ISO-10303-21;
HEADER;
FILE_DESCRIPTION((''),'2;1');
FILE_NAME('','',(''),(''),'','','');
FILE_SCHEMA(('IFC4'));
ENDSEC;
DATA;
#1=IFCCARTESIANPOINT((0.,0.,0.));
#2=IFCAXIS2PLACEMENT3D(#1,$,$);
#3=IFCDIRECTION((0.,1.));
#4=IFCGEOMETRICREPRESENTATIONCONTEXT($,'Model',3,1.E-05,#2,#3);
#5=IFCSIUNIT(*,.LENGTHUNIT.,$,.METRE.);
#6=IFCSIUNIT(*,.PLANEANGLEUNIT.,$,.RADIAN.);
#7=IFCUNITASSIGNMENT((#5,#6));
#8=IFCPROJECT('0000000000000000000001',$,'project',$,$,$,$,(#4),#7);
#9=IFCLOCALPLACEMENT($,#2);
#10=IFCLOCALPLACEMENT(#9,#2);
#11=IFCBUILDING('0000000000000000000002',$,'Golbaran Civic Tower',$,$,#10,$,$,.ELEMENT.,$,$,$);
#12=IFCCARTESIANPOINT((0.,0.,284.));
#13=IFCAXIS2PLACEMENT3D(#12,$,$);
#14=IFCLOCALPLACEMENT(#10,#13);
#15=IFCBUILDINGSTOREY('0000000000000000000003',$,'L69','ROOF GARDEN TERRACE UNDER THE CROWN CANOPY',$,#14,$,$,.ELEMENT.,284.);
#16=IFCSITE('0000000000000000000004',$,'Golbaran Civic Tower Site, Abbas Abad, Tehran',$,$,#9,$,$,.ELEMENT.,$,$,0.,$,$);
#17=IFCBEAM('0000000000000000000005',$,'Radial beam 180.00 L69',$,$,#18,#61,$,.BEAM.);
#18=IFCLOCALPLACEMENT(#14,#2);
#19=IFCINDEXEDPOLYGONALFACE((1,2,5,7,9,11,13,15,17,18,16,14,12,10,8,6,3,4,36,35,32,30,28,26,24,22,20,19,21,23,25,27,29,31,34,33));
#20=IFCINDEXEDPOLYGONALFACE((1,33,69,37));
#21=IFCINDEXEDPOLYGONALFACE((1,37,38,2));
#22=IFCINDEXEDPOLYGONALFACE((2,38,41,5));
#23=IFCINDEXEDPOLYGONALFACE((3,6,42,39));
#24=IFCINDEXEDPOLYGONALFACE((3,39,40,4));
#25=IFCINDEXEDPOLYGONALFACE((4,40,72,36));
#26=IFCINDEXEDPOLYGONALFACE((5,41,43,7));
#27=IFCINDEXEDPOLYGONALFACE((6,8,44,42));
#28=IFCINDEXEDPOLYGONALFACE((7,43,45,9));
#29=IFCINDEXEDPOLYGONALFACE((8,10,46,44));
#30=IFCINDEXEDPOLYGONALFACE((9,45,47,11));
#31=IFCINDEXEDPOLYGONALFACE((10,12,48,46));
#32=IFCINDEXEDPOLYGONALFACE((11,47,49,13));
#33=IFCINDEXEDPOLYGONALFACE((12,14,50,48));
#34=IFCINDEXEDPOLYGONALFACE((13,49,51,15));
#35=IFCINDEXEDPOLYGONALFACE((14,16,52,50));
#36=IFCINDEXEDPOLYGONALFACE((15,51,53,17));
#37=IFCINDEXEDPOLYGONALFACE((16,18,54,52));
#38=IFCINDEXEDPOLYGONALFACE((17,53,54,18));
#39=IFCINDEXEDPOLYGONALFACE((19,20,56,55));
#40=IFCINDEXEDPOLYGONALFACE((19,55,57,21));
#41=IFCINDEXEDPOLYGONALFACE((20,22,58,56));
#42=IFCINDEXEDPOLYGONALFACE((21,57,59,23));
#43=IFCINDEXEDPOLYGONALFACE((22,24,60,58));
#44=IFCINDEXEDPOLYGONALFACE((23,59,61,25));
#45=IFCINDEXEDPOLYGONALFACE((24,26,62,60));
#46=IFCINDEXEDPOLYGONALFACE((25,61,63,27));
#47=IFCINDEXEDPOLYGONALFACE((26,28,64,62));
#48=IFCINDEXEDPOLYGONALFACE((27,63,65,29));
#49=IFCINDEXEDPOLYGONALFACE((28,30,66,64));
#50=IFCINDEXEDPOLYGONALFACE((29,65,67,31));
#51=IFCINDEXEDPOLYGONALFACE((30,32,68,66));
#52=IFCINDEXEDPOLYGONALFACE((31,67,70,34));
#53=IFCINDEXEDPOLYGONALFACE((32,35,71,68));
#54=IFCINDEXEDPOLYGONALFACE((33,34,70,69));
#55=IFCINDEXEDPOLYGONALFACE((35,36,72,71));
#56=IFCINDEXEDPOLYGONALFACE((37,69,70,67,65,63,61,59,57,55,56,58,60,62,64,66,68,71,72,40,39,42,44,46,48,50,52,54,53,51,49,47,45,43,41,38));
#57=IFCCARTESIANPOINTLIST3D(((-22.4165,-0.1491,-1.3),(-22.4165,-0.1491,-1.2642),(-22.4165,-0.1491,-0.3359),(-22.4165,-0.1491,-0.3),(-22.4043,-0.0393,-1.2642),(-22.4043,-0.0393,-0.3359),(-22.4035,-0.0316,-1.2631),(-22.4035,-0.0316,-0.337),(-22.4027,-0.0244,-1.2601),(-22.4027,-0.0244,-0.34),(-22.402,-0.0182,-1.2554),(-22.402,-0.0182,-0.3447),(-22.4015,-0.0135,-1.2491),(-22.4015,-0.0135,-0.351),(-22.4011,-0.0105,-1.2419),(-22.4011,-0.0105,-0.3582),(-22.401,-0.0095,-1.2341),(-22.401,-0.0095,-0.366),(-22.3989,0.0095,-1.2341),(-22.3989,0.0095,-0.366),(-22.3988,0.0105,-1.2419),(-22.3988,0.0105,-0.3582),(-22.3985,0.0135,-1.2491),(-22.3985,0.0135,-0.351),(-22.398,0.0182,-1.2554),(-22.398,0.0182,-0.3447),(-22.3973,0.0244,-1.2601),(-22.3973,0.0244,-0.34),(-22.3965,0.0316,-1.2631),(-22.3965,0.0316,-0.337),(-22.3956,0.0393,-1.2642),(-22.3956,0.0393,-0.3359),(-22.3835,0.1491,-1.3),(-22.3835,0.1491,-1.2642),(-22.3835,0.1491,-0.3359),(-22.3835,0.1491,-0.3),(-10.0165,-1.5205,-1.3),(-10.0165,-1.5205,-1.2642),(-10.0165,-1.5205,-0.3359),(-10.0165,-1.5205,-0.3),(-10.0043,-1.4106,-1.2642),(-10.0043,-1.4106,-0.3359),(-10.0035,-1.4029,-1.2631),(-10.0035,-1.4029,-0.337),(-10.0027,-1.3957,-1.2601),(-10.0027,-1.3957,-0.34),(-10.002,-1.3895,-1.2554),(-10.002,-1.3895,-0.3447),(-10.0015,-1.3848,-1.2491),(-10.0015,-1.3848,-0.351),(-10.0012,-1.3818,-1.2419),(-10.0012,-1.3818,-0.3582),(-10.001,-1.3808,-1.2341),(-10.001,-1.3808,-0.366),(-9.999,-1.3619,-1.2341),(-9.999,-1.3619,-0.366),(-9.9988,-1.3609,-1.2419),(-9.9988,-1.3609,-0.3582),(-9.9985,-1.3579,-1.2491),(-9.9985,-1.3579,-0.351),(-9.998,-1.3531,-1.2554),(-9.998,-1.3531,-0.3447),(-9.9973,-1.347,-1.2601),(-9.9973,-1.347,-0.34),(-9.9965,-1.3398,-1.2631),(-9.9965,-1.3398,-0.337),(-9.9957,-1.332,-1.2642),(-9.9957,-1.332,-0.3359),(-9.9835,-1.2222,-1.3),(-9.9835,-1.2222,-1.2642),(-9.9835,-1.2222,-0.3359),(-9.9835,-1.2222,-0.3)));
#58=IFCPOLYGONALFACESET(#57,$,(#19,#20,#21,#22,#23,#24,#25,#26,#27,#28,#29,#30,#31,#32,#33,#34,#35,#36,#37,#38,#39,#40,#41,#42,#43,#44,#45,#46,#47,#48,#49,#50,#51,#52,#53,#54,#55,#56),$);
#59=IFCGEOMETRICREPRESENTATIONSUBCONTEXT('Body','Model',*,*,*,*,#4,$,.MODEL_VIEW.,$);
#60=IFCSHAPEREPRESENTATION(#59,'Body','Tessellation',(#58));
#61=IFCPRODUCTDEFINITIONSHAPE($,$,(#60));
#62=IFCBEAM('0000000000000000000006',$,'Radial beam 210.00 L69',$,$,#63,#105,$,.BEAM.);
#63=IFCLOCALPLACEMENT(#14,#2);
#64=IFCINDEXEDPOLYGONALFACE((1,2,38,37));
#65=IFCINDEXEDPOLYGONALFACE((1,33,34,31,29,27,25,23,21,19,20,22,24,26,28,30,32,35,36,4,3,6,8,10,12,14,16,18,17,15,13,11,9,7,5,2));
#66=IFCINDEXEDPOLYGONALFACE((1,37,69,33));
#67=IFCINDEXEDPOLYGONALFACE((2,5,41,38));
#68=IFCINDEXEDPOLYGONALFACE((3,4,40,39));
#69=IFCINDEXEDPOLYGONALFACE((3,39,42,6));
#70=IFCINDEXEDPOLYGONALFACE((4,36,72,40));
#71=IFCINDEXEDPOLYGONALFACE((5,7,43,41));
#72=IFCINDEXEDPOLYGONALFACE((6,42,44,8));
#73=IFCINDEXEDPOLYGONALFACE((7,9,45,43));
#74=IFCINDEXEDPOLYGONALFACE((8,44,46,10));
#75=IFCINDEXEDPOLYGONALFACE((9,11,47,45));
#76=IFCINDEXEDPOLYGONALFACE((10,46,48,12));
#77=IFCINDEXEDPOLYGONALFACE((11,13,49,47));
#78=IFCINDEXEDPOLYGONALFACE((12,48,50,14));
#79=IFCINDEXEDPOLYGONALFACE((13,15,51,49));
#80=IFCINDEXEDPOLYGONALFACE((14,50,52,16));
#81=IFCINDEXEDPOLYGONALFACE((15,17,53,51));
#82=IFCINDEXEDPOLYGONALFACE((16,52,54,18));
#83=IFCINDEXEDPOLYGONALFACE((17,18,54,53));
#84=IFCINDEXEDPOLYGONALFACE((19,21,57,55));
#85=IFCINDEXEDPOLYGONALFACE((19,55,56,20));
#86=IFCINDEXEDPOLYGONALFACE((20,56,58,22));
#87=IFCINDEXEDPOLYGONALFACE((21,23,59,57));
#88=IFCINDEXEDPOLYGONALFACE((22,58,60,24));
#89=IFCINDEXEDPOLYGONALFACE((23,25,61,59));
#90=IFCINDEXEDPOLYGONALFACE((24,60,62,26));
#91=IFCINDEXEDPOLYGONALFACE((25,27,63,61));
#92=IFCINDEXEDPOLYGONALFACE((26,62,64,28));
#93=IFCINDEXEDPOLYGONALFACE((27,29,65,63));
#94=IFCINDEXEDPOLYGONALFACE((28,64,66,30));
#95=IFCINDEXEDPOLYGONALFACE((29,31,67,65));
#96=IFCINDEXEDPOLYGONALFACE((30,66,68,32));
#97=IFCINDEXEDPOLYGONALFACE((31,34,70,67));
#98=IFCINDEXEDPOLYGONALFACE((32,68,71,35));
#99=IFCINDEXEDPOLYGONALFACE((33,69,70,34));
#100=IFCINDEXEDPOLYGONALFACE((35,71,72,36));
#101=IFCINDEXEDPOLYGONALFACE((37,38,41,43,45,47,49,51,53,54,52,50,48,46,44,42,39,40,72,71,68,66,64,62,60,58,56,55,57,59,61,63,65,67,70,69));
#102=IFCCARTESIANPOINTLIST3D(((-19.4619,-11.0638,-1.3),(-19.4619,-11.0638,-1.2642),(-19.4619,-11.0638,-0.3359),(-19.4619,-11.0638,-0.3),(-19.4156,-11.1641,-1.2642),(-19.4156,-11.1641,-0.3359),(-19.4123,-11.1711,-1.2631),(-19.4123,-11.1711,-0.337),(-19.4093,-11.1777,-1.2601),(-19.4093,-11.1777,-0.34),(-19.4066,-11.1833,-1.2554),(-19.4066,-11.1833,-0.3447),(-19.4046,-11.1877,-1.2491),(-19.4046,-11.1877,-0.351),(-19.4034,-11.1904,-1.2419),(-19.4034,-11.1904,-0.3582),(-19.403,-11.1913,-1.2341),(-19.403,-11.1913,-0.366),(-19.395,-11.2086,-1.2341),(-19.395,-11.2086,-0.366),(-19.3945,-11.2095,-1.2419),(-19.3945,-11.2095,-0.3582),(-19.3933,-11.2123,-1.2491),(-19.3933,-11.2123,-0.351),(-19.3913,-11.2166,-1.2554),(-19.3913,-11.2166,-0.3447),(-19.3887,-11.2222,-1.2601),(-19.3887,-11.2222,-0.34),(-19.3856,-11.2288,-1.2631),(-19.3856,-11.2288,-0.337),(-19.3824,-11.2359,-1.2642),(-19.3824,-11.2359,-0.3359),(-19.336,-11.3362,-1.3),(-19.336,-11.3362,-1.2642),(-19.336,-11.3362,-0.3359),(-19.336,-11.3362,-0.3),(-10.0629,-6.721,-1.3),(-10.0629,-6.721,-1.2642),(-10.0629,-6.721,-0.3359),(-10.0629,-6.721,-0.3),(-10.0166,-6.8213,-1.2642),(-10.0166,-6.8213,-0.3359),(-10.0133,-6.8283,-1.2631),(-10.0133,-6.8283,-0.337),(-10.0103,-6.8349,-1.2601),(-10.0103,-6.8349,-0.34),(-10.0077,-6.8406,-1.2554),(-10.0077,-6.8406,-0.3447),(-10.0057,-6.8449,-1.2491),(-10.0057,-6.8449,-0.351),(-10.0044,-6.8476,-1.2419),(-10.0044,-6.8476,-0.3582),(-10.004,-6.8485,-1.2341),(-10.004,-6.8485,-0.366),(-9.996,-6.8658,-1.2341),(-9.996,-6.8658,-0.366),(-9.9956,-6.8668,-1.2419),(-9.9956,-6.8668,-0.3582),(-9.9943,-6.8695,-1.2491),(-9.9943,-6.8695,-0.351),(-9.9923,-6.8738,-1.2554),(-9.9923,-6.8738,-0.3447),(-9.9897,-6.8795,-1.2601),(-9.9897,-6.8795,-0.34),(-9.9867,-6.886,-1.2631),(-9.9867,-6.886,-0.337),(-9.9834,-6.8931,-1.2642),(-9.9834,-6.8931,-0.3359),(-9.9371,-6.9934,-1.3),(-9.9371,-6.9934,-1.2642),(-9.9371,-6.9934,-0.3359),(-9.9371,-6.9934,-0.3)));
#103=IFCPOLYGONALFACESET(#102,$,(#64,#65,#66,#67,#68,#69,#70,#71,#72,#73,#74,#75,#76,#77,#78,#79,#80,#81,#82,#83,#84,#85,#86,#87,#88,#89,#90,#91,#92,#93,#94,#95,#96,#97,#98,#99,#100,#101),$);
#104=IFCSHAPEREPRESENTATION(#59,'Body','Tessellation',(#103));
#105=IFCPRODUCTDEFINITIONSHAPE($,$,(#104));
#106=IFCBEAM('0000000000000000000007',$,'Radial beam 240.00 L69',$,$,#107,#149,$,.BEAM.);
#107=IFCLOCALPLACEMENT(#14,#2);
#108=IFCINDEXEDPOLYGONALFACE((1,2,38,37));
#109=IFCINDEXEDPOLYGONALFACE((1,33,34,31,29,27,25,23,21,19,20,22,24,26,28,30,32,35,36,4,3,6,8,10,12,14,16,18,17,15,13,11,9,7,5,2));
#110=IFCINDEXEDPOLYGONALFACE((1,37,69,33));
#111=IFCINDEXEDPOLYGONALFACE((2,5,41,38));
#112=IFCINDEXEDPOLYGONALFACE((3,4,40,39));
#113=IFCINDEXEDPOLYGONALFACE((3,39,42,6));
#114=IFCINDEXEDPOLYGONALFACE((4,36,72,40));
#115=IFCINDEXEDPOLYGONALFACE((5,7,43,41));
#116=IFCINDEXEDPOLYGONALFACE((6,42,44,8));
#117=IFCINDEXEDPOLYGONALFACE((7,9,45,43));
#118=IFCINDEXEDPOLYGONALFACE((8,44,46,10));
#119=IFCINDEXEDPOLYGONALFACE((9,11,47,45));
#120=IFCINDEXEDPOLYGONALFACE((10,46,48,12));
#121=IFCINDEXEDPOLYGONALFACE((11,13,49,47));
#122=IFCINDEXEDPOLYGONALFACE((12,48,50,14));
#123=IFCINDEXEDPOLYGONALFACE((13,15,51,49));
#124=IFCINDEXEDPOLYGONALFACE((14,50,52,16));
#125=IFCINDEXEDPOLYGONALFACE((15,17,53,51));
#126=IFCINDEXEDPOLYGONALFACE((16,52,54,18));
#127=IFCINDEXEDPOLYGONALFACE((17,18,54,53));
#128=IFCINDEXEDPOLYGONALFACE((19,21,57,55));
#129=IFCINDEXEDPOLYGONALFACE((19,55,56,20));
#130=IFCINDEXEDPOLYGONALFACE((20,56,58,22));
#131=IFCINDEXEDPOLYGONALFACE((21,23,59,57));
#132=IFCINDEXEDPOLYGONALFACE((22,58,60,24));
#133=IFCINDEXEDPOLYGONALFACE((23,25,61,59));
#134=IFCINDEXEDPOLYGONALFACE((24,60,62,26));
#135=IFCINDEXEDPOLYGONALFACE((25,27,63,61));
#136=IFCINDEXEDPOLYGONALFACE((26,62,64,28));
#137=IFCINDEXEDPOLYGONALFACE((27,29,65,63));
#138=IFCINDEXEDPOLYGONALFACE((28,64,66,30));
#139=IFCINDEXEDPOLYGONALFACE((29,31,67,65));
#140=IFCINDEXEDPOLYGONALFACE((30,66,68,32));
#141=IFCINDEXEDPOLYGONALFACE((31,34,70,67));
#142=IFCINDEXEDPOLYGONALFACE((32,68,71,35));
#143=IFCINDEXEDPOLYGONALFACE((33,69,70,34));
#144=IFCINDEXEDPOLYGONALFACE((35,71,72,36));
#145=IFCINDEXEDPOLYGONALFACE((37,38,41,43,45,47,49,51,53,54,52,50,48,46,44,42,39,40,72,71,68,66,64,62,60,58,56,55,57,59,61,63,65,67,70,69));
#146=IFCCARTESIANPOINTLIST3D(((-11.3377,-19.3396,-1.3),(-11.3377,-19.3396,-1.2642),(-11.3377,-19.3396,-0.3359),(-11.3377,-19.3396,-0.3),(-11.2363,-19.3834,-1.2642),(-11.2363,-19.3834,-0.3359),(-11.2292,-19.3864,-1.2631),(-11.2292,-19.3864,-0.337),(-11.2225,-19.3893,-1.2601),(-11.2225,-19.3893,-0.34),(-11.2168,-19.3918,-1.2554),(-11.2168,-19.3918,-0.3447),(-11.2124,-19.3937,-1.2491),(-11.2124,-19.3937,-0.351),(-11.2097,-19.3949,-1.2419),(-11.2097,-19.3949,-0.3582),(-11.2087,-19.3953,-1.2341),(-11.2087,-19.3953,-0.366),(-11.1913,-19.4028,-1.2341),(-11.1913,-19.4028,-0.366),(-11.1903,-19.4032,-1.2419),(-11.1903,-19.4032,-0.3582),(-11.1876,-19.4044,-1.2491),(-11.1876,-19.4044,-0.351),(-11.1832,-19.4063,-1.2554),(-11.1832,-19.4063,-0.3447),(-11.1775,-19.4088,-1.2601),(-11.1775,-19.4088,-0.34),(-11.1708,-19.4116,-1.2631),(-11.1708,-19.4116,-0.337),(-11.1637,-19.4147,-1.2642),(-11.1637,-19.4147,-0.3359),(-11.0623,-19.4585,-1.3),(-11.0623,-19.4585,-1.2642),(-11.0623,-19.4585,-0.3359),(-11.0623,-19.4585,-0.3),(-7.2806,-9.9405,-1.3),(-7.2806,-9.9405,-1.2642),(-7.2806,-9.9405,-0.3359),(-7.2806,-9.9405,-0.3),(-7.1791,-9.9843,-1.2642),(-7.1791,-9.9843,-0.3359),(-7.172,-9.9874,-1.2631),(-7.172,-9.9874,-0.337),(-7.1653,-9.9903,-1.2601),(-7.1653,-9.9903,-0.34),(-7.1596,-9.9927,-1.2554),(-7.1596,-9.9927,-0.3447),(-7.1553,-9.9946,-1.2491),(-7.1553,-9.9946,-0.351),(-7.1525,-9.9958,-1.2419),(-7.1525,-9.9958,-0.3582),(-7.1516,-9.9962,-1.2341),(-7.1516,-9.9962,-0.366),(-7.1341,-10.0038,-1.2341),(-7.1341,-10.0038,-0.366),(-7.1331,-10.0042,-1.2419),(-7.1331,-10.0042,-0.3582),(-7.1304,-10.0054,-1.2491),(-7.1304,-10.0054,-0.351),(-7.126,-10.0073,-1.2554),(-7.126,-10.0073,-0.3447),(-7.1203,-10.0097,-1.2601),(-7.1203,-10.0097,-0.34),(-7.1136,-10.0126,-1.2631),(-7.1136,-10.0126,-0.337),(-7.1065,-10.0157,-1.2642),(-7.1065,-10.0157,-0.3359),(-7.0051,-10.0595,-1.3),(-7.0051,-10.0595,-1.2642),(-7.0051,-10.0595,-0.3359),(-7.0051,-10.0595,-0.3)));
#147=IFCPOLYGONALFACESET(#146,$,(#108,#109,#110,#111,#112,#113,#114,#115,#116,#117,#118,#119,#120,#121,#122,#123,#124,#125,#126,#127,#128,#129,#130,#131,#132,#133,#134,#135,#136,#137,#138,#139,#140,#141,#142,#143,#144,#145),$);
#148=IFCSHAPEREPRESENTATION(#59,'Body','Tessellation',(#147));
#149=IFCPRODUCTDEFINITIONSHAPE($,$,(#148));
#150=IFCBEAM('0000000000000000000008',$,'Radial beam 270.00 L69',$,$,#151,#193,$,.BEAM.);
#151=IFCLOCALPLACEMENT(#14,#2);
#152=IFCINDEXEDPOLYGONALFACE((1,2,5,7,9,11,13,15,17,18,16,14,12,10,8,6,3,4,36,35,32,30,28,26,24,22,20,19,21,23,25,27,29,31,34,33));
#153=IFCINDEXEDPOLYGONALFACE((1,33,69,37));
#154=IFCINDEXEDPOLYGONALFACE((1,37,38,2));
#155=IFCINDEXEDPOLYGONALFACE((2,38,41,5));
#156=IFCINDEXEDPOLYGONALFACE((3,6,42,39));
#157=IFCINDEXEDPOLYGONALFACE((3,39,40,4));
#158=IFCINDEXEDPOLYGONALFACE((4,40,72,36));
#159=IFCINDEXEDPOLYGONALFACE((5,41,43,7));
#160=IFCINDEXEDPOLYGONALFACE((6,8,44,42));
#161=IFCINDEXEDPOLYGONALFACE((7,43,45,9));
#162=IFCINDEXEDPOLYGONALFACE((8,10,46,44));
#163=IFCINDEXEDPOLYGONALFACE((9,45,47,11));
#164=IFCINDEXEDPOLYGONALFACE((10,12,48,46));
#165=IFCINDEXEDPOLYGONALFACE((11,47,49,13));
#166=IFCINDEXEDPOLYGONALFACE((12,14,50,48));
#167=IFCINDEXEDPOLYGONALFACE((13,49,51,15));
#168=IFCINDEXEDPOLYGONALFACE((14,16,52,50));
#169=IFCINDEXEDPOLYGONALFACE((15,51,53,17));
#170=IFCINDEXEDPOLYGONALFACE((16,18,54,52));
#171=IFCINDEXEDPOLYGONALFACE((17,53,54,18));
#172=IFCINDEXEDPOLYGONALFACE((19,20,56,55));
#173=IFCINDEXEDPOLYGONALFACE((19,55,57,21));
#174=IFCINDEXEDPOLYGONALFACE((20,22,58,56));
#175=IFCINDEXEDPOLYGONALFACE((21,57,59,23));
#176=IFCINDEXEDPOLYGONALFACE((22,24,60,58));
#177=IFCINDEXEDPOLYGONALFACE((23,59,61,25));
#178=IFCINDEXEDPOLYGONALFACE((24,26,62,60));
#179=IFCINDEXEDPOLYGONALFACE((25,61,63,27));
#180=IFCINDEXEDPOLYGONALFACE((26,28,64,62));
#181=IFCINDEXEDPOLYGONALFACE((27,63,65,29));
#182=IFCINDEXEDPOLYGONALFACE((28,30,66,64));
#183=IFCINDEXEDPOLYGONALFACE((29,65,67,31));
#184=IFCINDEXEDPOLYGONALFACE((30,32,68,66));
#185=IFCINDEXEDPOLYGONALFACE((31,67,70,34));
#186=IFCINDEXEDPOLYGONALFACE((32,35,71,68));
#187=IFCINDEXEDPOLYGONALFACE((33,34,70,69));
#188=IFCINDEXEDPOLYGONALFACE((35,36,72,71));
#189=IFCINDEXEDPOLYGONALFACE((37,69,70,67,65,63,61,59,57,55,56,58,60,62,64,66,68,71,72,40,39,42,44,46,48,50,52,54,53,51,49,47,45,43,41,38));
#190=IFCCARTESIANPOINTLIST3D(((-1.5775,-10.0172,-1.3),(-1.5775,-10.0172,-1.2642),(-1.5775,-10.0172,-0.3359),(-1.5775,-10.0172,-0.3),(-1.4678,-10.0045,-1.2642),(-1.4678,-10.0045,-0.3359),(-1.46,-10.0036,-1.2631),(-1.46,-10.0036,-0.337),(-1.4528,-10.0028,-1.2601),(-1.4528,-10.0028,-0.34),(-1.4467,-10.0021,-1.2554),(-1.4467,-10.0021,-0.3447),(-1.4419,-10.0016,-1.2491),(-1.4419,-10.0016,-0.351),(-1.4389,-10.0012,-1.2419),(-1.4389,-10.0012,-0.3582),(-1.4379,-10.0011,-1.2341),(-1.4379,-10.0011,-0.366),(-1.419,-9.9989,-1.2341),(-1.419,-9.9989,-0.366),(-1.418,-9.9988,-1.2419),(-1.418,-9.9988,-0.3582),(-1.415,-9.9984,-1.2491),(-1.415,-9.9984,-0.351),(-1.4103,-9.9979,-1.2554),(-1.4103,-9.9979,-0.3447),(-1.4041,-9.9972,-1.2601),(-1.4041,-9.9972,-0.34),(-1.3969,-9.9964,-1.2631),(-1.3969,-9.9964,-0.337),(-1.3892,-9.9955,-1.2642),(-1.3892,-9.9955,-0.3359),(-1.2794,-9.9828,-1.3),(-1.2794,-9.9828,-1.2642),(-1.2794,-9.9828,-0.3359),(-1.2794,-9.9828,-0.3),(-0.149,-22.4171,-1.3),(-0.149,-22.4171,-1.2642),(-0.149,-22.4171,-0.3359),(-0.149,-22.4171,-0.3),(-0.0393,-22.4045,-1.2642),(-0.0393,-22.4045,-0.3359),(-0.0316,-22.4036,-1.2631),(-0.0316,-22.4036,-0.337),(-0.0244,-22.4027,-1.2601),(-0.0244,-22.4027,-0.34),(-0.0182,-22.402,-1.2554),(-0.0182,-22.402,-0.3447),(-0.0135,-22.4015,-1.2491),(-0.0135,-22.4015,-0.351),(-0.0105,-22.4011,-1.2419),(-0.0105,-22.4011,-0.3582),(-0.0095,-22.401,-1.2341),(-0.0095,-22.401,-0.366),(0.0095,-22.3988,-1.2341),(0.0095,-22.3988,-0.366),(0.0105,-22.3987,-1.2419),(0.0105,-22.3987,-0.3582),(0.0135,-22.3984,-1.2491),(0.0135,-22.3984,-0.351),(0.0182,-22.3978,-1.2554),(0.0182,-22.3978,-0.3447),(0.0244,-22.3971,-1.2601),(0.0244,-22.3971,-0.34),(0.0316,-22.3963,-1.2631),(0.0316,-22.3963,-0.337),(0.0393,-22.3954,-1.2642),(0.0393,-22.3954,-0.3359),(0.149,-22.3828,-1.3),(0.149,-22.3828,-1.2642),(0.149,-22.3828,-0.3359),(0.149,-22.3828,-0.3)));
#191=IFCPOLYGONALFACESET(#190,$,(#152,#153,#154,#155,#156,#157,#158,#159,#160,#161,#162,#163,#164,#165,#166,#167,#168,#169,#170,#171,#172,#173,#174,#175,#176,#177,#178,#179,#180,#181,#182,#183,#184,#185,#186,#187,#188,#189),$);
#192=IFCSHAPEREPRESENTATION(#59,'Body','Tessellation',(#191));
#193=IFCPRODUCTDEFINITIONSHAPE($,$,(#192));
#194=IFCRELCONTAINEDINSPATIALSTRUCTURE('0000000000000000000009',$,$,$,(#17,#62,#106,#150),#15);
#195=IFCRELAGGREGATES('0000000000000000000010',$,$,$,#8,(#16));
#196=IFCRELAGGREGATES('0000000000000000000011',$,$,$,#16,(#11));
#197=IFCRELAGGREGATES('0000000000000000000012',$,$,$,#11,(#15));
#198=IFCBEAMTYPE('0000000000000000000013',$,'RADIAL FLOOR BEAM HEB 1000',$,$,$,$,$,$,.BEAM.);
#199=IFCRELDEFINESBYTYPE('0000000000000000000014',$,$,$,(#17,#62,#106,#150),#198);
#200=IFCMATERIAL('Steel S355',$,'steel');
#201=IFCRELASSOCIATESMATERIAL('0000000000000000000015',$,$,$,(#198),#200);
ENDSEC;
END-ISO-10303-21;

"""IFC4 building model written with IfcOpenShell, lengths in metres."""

from ifc_helpers import new_model, si_unit, direction, frame, origin, origin_2d, place, context, subcontext, project, spatial, i_section, extrude, material, material_profile, profile_set, type_object, element, save


model = new_model("IFC4")

# Units and contexts
model_context = context("Model", 3, precision=1e-05, world=origin(), true_north=direction((0.0, 1.0)))
body_context = subcontext(model_context, "Body", "Model", "MODEL_VIEW")
ifc_project = project(units=[si_unit("LENGTHUNIT", "METRE"), si_unit("PLANEANGLEUNIT", "RADIAN")], contexts=[model_context])

# Site, building, storey
site_placement = place(None, origin())
site = spatial("IfcSite", under=ifc_project, at=site_placement, Name="Golbaran Civic Tower Site, Abbas Abad, Tehran", CompositionType="ELEMENT", RefElevation=0.0)
building_placement = place(site_placement, origin())
building = spatial("IfcBuilding", under=site, at=building_placement, Name="Golbaran Civic Tower", CompositionType="ELEMENT")
storey_placement = place(building_placement, frame((0.0, 0.0, 284.0)))
storey = spatial("IfcBuildingStorey", under=building, at=storey_placement, Name="L69", Description="ROOF GARDEN TERRACE UNDER THE CROWN CANOPY", CompositionType="ELEMENT", Elevation=284.0)

# Shared definitions
ifc_material_1 = material(Name="Steel S355", Category="steel")

# Beams
ifc_material_profile_1 = material_profile(ifc_material_1, i_section(OverallWidth=0.3, OverallDepth=1.0, WebThickness=0.019, FlangeThickness=0.0359, FilletRadius=0.03, at=origin_2d()), Name="HEB 1000")
ifc_profile_set_1 = profile_set([ifc_material_profile_1], Name="Steel S355")
beam_type_1 = type_object("IfcBeamType", Name="RADIAL FLOOR BEAM HEB 1000", PredefinedType="BEAM", material=ifc_profile_set_1)
beam_1_placement = place(storey_placement, frame((-10.0, -1.3713, -0.8), z_axis=(-0.99394, 0.109922, 0.0), x_axis=(-0.109922, -0.99394, 0.0)))
element("IfcBeam", 1, at=beam_1_placement, inside=storey, type_object=beam_type_1, Name="Radial beam 180.00 L69", PredefinedType="BEAM", context=body_context, shape_type="SweptSolid", body=[
    extrude(i_section(OverallWidth=0.3, OverallDepth=1.0, WebThickness=0.019, FlangeThickness=0.0359, FilletRadius=0.03, at=origin_2d()), origin(), (0.0, 0.0, 1.0), 12.4756),
])
beam_2_placement = place(storey_placement, frame((-10.0, -6.8572, -0.8), z_axis=(-0.907783, -0.419441, 0.0), x_axis=(0.419441, -0.907783, 0.0)))
element("IfcBeam", 2, at=beam_2_placement, inside=storey, type_object=beam_type_1, Name="Radial beam 210.00 L69", PredefinedType="BEAM", context=body_context, shape_type="SweptSolid", body=[
    extrude(i_section(OverallWidth=0.3, OverallDepth=1.0, WebThickness=0.019, FlangeThickness=0.0359, FilletRadius=0.03, at=origin_2d()), origin(), (0.0, 0.0, 1.0), 10.3538),
])
beam_3_placement = place(storey_placement, frame((-7.1428, -10.0, -0.8), z_axis=(-0.396313, -0.918116, 0.0), x_axis=(0.918116, -0.396313, 0.0)))
element("IfcBeam", 3, at=beam_3_placement, inside=storey, type_object=beam_type_1, Name="Radial beam 240.00 L69", PredefinedType="BEAM", context=body_context, shape_type="SweptSolid", body=[
    extrude(i_section(OverallWidth=0.3, OverallDepth=1.0, WebThickness=0.019, FlangeThickness=0.0359, FilletRadius=0.03, at=origin_2d()), origin(), (0.0, 0.0, 1.0), 10.2373),
])
beam_4_placement = place(storey_placement, frame((-1.4285, -10.0, -0.8), z_axis=(0.114443, -0.99343, 0.0), x_axis=(0.99343, 0.114443, 0.0)))
element("IfcBeam", 4, at=beam_4_placement, inside=storey, type_object=beam_type_1, Name="Radial beam 270.00 L69", PredefinedType="BEAM", context=body_context, shape_type="SweptSolid", body=[
    extrude(i_section(OverallWidth=0.3, OverallDepth=1.0, WebThickness=0.019, FlangeThickness=0.0359, FilletRadius=0.03, at=origin_2d()), origin(), (0.0, 0.0, 1.0), 12.4819),
])

save(model, "model.ifc")
